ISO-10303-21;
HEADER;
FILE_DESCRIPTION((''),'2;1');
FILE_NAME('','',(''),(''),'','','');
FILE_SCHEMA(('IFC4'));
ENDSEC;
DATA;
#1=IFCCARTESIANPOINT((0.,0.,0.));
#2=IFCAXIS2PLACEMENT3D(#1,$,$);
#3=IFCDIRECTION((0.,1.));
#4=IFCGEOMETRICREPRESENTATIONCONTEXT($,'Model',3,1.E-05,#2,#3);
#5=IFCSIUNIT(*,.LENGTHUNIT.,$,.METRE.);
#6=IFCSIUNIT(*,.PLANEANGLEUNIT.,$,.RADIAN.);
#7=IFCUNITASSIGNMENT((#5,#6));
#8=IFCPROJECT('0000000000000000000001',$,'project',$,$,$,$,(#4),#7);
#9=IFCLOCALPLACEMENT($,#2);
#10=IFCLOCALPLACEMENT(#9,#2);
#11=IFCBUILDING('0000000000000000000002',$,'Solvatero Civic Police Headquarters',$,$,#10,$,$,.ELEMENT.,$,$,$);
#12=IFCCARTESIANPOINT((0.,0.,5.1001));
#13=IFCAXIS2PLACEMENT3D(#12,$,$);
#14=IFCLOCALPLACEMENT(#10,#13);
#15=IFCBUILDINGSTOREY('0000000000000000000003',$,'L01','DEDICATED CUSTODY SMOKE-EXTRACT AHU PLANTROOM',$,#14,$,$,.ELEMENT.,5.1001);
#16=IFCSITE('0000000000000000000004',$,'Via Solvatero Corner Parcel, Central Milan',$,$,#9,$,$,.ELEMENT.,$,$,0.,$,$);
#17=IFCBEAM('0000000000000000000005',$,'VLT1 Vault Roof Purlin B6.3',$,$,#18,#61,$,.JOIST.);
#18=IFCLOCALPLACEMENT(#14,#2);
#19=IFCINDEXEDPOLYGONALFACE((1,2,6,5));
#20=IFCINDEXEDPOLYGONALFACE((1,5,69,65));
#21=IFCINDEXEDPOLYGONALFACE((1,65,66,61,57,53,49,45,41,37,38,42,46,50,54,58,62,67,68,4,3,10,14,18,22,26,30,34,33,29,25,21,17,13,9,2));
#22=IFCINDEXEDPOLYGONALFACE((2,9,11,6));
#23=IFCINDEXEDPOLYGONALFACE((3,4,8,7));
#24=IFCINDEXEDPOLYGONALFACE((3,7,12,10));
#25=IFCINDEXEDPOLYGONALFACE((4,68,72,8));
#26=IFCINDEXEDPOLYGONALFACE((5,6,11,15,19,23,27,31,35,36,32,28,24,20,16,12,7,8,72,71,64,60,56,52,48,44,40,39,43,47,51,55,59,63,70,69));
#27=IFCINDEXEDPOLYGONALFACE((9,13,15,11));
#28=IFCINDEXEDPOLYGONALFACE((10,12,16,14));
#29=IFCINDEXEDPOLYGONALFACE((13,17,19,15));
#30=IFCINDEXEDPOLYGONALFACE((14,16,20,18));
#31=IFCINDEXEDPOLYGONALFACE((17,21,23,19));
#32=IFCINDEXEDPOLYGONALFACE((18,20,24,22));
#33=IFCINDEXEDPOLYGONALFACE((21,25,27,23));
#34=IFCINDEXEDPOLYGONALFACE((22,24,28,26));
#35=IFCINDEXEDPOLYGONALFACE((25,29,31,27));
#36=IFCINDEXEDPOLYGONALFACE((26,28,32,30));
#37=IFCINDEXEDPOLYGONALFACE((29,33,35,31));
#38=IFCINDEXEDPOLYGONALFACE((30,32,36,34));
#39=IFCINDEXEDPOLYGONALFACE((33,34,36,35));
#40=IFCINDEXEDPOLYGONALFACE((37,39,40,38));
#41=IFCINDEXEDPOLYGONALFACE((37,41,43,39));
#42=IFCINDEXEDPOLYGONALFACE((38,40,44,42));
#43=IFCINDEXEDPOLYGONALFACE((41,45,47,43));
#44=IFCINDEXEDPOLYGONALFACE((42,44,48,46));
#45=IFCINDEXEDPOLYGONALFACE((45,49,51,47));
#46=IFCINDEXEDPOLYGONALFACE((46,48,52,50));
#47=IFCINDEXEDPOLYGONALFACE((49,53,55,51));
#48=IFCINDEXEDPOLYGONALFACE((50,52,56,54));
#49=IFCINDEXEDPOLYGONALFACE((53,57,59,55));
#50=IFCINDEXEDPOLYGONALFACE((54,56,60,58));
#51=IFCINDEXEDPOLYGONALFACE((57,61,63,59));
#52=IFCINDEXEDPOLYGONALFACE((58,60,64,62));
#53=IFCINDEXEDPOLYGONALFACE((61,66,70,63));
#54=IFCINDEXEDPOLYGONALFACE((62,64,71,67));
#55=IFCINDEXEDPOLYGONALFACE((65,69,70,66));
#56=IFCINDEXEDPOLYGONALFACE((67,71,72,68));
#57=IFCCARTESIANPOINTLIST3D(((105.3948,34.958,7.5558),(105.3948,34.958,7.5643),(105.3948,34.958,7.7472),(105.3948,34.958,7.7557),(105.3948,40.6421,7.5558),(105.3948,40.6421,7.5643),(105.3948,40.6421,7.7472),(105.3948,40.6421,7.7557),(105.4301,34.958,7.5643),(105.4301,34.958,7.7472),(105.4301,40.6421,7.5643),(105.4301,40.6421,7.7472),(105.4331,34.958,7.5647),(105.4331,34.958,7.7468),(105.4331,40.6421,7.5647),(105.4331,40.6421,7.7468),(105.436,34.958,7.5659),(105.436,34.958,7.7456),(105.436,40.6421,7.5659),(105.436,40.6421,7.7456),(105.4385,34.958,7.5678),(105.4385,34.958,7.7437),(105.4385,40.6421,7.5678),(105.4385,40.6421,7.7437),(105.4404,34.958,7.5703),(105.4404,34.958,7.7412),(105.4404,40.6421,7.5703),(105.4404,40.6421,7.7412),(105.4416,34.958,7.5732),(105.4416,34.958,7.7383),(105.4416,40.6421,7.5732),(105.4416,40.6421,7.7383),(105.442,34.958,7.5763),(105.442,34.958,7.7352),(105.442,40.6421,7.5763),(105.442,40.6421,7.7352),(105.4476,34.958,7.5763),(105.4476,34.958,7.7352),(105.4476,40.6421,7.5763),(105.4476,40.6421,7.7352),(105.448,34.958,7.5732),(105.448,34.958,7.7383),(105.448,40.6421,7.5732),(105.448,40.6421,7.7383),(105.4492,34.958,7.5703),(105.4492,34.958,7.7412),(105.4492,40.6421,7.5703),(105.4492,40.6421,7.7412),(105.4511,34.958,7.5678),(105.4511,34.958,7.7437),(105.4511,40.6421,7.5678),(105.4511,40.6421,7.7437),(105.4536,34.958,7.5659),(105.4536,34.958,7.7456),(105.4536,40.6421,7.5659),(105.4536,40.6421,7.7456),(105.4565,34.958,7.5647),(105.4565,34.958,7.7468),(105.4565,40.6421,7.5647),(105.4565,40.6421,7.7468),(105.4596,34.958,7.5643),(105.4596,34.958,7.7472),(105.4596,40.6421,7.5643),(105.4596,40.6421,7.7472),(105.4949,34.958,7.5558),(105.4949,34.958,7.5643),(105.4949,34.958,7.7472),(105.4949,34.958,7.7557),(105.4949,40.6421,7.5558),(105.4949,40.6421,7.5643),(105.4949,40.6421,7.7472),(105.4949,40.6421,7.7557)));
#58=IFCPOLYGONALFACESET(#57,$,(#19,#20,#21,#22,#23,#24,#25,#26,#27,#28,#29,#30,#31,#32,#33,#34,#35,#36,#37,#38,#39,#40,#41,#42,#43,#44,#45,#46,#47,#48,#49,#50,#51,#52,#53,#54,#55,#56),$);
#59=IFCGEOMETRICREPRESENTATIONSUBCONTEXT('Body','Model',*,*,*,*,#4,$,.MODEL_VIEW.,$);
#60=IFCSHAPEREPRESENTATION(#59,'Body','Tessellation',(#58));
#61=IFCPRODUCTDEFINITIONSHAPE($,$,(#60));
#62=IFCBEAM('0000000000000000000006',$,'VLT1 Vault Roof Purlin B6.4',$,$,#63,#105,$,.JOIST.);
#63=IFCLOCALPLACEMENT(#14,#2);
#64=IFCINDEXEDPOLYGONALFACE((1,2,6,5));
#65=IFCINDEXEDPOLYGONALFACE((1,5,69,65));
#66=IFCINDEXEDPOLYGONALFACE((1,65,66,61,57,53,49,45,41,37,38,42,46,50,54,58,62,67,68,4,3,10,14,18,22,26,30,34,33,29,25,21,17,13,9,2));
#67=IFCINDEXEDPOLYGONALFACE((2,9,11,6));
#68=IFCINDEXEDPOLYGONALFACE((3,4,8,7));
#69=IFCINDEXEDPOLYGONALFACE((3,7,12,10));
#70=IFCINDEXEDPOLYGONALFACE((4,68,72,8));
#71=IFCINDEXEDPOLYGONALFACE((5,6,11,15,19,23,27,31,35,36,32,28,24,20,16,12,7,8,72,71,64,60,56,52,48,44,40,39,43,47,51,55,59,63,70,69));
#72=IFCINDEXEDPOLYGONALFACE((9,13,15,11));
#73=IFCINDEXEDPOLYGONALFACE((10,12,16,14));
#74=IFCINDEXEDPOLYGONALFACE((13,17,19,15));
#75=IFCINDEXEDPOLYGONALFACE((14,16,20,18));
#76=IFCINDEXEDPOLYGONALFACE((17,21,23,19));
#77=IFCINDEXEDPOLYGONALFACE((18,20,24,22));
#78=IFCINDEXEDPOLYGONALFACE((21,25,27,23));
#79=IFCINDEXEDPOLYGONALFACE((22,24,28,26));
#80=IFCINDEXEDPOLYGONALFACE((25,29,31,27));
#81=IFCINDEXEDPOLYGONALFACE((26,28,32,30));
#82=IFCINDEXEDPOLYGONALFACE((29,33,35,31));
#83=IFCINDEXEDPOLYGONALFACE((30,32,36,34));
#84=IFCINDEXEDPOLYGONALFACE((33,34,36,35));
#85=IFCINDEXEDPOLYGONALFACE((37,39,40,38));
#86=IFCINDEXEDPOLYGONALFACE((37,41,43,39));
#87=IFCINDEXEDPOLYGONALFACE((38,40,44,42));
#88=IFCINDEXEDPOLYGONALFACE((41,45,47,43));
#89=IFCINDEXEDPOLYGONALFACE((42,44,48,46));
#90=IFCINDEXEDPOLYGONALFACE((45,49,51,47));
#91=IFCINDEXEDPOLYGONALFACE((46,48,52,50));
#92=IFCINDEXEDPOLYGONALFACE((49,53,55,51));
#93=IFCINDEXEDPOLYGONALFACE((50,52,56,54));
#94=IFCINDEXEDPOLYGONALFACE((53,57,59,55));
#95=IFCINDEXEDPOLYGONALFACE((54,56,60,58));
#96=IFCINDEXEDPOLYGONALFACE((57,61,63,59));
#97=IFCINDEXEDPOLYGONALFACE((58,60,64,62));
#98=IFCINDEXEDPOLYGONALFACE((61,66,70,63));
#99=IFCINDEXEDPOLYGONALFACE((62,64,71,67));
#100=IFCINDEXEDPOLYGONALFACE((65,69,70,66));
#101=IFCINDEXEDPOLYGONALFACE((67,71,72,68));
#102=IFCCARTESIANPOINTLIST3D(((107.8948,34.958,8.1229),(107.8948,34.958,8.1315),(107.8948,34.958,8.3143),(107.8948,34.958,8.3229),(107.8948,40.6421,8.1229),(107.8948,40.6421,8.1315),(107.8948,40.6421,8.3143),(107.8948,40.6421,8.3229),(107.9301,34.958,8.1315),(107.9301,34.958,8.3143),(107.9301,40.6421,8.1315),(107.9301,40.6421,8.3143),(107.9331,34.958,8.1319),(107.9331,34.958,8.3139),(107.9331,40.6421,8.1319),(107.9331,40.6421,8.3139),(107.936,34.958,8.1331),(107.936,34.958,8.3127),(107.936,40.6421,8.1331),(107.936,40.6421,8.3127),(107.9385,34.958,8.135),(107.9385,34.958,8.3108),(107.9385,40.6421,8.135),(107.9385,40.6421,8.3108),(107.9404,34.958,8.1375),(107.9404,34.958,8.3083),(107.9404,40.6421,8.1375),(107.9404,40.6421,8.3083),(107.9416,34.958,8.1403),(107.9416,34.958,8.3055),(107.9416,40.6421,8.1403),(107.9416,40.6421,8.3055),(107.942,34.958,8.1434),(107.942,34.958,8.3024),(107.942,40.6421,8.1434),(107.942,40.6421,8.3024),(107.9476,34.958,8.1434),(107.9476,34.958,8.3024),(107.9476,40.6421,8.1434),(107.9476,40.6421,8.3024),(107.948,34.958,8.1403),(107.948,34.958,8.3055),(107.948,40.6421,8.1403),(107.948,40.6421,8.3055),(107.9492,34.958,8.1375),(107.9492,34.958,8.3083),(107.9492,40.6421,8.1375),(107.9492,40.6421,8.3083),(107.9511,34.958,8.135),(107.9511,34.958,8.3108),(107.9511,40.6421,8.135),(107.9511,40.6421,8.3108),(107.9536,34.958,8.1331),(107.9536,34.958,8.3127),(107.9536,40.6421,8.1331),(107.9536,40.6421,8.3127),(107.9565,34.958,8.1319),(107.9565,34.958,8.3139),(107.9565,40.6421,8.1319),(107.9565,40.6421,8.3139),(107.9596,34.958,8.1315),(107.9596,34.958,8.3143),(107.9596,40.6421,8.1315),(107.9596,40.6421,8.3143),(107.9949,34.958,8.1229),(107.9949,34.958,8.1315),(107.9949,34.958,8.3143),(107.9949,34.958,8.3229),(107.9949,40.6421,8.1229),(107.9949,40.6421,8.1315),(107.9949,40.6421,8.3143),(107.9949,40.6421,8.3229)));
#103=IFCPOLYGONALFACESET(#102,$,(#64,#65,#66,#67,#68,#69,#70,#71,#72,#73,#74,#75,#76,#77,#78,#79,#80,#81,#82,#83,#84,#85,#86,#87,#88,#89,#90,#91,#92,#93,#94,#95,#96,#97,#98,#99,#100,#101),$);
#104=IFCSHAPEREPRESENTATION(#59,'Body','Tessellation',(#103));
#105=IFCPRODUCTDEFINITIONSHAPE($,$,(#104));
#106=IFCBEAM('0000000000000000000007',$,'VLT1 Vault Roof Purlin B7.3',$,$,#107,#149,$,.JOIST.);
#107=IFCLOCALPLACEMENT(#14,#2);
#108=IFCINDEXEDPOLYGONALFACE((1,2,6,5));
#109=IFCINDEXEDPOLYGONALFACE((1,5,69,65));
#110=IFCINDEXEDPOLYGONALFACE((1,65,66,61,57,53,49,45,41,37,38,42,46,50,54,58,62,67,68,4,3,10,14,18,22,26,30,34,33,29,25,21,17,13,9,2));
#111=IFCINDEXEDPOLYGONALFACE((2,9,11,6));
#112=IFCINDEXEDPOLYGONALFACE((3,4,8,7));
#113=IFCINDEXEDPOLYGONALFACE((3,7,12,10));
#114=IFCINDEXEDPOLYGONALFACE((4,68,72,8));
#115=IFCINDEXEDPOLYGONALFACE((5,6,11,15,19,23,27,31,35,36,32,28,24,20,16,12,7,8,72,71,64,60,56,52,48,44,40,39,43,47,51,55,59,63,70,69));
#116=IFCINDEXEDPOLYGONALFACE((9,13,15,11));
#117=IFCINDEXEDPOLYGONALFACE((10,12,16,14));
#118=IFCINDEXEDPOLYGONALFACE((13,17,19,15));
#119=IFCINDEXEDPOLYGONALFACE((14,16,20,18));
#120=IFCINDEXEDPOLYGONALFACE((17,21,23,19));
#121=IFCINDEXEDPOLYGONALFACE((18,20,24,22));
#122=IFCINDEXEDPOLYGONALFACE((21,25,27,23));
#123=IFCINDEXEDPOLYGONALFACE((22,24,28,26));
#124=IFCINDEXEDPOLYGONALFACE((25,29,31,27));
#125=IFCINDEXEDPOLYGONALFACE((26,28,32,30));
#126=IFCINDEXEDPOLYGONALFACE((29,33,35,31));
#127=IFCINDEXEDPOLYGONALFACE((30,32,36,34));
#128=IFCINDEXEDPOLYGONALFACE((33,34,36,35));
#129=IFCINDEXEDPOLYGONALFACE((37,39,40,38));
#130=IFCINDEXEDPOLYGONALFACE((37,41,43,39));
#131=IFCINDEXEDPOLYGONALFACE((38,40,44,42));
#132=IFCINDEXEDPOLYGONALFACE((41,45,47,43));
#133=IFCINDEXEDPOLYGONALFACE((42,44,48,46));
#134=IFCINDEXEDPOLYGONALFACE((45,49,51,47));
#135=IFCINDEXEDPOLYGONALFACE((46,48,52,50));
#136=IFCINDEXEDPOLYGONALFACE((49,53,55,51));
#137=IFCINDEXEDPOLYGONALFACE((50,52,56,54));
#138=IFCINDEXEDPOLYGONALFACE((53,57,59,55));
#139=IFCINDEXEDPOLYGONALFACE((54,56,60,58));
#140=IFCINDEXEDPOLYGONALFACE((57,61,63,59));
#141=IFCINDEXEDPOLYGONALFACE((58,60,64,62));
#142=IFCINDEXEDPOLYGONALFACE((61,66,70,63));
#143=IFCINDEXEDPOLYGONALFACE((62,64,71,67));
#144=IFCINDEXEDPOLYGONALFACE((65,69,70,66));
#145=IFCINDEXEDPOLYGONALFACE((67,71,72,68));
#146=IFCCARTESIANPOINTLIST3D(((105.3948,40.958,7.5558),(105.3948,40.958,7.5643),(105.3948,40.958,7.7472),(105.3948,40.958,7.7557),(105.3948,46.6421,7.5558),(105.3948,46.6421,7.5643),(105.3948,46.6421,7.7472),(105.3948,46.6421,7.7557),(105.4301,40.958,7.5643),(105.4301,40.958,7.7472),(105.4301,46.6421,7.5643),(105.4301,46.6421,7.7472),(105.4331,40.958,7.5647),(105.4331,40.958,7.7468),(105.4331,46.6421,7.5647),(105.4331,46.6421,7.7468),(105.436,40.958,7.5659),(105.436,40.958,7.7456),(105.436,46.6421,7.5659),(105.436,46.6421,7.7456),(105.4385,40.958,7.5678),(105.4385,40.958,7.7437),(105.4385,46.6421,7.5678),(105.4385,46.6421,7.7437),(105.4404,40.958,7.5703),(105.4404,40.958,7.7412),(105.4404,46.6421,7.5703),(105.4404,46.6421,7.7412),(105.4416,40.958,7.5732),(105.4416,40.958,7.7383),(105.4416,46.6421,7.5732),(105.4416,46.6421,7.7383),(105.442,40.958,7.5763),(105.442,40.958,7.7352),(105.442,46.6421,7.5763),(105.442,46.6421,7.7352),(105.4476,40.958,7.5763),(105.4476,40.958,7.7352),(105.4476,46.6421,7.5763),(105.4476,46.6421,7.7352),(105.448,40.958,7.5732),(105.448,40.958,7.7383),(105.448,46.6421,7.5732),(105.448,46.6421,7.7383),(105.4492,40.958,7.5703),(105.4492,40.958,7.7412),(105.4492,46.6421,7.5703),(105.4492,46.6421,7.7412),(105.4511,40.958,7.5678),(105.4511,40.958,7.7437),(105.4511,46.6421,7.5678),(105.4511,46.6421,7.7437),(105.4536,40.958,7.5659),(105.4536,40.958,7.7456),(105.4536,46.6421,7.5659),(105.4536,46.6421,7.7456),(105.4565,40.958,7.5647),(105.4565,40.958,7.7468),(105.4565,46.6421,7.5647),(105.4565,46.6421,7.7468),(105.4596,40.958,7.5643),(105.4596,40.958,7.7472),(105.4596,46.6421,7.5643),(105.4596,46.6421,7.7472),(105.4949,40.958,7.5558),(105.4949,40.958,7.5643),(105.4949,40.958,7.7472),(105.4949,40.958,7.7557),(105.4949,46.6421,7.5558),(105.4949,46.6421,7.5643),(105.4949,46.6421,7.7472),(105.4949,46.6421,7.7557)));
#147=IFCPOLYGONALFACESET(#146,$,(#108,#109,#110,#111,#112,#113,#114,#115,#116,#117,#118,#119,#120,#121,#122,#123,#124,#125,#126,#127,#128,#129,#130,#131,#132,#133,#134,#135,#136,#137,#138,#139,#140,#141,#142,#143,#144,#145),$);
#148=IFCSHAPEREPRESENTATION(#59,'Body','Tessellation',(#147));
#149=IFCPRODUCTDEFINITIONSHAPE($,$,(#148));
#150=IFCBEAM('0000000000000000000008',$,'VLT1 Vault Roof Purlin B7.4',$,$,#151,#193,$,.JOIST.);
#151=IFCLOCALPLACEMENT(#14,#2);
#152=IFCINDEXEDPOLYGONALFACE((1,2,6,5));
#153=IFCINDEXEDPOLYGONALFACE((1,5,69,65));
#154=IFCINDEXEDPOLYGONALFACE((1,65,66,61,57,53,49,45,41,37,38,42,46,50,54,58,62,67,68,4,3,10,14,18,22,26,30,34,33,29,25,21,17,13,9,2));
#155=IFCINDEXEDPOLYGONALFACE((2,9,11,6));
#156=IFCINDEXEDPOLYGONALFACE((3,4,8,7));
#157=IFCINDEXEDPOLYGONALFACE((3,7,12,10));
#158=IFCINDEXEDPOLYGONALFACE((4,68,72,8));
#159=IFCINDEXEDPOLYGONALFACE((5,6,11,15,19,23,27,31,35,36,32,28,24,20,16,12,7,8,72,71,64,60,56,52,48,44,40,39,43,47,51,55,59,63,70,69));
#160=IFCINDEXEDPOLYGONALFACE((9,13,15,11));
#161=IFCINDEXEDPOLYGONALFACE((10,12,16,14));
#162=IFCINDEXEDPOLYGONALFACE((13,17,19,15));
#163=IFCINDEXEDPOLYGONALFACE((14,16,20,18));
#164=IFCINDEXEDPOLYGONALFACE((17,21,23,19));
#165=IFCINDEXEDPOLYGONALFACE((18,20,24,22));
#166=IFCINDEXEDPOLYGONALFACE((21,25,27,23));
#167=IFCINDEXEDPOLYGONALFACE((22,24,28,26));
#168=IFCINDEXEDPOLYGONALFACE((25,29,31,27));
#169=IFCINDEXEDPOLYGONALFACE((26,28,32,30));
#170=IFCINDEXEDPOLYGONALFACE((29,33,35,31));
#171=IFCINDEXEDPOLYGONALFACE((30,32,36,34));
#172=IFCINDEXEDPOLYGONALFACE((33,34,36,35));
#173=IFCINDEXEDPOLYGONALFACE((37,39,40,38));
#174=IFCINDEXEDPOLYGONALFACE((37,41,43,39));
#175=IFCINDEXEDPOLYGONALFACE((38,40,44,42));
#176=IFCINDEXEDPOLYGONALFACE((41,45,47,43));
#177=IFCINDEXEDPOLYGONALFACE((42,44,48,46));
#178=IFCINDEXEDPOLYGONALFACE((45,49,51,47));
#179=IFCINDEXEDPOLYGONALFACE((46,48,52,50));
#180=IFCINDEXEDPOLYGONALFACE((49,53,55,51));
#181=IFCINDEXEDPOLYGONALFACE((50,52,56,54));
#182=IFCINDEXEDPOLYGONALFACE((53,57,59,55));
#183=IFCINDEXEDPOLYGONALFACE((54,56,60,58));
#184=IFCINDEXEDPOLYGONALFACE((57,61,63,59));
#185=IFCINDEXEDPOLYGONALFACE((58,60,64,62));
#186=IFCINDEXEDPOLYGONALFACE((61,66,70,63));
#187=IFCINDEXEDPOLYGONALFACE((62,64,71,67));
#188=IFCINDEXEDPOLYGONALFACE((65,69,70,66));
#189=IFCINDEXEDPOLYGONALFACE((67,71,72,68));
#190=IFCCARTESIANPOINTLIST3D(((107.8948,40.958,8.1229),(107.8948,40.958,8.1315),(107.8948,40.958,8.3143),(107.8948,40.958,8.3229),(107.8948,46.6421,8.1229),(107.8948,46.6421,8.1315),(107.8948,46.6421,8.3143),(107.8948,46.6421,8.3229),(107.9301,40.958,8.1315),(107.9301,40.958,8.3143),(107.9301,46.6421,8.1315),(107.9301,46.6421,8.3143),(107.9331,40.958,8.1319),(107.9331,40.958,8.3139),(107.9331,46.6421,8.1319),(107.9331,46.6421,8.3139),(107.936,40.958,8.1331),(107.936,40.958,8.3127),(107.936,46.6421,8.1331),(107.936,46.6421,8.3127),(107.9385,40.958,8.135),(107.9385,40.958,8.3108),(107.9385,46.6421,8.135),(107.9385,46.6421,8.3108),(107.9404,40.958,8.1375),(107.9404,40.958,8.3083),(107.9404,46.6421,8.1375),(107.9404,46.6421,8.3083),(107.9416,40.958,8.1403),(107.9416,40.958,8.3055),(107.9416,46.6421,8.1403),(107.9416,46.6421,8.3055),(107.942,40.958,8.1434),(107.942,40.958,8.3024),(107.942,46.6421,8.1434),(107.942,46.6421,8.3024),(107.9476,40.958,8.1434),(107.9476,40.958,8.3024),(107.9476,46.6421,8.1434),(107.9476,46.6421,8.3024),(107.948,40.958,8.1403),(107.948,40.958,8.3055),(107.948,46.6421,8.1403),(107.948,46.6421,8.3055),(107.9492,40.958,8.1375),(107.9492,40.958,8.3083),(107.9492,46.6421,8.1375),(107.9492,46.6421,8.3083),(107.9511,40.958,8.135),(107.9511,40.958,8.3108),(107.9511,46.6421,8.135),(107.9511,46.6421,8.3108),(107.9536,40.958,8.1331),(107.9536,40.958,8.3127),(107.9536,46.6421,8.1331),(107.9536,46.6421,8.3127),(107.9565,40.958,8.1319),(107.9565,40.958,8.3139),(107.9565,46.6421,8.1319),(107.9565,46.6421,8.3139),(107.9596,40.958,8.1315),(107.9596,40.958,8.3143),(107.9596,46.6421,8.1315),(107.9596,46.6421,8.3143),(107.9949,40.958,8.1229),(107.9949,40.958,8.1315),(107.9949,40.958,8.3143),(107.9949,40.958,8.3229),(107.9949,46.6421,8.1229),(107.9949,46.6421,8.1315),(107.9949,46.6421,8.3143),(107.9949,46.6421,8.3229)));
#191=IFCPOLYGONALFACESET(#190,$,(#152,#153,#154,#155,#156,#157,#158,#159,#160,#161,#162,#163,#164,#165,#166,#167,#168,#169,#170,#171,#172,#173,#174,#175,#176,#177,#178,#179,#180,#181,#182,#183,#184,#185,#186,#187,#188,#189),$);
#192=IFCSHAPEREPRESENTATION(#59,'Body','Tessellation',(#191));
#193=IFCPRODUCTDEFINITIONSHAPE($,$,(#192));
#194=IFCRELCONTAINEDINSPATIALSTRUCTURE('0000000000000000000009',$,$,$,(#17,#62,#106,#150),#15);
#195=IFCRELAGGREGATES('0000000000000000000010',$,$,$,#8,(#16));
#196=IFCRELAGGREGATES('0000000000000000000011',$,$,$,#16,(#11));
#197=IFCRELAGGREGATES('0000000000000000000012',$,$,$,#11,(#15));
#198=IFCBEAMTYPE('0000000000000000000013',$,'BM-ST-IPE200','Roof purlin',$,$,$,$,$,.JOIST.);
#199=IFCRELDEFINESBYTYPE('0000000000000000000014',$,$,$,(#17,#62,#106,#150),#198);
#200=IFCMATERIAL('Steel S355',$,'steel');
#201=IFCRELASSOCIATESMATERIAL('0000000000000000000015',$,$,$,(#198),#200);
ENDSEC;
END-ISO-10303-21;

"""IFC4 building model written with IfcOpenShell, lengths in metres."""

from ifc_helpers import new_model, si_unit, direction, frame, origin, origin_2d, place, context, subcontext, project, spatial, i_section, extrude, material, material_profile, profile_set, type_object, element, save


model = new_model("IFC4")

# Units and contexts
model_context = context("Model", 3, precision=1e-05, world=origin(), true_north=direction((0.0, 1.0)))
body_context = subcontext(model_context, "Body", "Model", "MODEL_VIEW")
ifc_project = project(units=[si_unit("LENGTHUNIT", "METRE"), si_unit("PLANEANGLEUNIT", "RADIAN")], contexts=[model_context])

# Site, building, storey
site_placement = place(None, origin())
site = spatial("IfcSite", under=ifc_project, at=site_placement, Name="Via Solvatero Corner Parcel, Central Milan", CompositionType="ELEMENT", RefElevation=0.0)
building_placement = place(site_placement, origin())
building = spatial("IfcBuilding", under=site, at=building_placement, Name="Solvatero Civic Police Headquarters", CompositionType="ELEMENT")
storey_placement = place(building_placement, frame((0.0, 0.0, 5.1001)))
storey = spatial("IfcBuildingStorey", under=building, at=storey_placement, Name="L01", Description="DEDICATED CUSTODY SMOKE-EXTRACT AHU PLANTROOM", CompositionType="ELEMENT", Elevation=5.1001)

# Beams
ifc_material = material(Name="Steel S355", Category="steel")
ifc_material_profile_1 = material_profile(ifc_material, i_section(OverallWidth=0.1001, OverallDepth=0.2, WebThickness=0.0056, FlangeThickness=0.0085, FilletRadius=0.012, at=origin_2d()), Name="IPE 200")
ifc_profile_set_1 = profile_set([ifc_material_profile_1], Name="Steel S355")
beam_type_1 = type_object("IfcBeamType", Name="BM-ST-IPE200", Description="Roof purlin", PredefinedType="JOIST", material=ifc_profile_set_1)
for number, where, z_axis, x_axis, name in (
    (1, (105.4448, 34.958, 7.6558), (0.0, 1.0, 0.0), (-1.0, 0.0, 0.0), "VLT1 Vault Roof Purlin B6.3"),
    (2, (107.9448, 34.958, 8.2229), (0.0, 1.0, 0.0), (-1.0, 0.0, 0.0), "VLT1 Vault Roof Purlin B6.4"),
    (3, (105.4448, 40.958, 7.6558), (0.0, 1.0, 0.0), (-1.0, 0.0, 0.0), "VLT1 Vault Roof Purlin B7.3"),
    (4, (107.9448, 40.958, 8.2229), (0.0, 1.0, 0.0), (-1.0, 0.0, 0.0), "VLT1 Vault Roof Purlin B7.4"),
):
    element("IfcBeam", number, at=place(storey_placement, frame(where, z_axis=z_axis, x_axis=x_axis)), inside=storey, type_object=beam_type_1, Name=name, PredefinedType="JOIST", context=body_context, shape_type="SweptSolid", body=[
        extrude(i_section(OverallWidth=0.1001, OverallDepth=0.2, WebThickness=0.0056, FlangeThickness=0.0085, FilletRadius=0.012, at=origin_2d()), origin(), (0.0, 0.0, 1.0), 5.6841),
    ])

save(model, "model.ifc")
